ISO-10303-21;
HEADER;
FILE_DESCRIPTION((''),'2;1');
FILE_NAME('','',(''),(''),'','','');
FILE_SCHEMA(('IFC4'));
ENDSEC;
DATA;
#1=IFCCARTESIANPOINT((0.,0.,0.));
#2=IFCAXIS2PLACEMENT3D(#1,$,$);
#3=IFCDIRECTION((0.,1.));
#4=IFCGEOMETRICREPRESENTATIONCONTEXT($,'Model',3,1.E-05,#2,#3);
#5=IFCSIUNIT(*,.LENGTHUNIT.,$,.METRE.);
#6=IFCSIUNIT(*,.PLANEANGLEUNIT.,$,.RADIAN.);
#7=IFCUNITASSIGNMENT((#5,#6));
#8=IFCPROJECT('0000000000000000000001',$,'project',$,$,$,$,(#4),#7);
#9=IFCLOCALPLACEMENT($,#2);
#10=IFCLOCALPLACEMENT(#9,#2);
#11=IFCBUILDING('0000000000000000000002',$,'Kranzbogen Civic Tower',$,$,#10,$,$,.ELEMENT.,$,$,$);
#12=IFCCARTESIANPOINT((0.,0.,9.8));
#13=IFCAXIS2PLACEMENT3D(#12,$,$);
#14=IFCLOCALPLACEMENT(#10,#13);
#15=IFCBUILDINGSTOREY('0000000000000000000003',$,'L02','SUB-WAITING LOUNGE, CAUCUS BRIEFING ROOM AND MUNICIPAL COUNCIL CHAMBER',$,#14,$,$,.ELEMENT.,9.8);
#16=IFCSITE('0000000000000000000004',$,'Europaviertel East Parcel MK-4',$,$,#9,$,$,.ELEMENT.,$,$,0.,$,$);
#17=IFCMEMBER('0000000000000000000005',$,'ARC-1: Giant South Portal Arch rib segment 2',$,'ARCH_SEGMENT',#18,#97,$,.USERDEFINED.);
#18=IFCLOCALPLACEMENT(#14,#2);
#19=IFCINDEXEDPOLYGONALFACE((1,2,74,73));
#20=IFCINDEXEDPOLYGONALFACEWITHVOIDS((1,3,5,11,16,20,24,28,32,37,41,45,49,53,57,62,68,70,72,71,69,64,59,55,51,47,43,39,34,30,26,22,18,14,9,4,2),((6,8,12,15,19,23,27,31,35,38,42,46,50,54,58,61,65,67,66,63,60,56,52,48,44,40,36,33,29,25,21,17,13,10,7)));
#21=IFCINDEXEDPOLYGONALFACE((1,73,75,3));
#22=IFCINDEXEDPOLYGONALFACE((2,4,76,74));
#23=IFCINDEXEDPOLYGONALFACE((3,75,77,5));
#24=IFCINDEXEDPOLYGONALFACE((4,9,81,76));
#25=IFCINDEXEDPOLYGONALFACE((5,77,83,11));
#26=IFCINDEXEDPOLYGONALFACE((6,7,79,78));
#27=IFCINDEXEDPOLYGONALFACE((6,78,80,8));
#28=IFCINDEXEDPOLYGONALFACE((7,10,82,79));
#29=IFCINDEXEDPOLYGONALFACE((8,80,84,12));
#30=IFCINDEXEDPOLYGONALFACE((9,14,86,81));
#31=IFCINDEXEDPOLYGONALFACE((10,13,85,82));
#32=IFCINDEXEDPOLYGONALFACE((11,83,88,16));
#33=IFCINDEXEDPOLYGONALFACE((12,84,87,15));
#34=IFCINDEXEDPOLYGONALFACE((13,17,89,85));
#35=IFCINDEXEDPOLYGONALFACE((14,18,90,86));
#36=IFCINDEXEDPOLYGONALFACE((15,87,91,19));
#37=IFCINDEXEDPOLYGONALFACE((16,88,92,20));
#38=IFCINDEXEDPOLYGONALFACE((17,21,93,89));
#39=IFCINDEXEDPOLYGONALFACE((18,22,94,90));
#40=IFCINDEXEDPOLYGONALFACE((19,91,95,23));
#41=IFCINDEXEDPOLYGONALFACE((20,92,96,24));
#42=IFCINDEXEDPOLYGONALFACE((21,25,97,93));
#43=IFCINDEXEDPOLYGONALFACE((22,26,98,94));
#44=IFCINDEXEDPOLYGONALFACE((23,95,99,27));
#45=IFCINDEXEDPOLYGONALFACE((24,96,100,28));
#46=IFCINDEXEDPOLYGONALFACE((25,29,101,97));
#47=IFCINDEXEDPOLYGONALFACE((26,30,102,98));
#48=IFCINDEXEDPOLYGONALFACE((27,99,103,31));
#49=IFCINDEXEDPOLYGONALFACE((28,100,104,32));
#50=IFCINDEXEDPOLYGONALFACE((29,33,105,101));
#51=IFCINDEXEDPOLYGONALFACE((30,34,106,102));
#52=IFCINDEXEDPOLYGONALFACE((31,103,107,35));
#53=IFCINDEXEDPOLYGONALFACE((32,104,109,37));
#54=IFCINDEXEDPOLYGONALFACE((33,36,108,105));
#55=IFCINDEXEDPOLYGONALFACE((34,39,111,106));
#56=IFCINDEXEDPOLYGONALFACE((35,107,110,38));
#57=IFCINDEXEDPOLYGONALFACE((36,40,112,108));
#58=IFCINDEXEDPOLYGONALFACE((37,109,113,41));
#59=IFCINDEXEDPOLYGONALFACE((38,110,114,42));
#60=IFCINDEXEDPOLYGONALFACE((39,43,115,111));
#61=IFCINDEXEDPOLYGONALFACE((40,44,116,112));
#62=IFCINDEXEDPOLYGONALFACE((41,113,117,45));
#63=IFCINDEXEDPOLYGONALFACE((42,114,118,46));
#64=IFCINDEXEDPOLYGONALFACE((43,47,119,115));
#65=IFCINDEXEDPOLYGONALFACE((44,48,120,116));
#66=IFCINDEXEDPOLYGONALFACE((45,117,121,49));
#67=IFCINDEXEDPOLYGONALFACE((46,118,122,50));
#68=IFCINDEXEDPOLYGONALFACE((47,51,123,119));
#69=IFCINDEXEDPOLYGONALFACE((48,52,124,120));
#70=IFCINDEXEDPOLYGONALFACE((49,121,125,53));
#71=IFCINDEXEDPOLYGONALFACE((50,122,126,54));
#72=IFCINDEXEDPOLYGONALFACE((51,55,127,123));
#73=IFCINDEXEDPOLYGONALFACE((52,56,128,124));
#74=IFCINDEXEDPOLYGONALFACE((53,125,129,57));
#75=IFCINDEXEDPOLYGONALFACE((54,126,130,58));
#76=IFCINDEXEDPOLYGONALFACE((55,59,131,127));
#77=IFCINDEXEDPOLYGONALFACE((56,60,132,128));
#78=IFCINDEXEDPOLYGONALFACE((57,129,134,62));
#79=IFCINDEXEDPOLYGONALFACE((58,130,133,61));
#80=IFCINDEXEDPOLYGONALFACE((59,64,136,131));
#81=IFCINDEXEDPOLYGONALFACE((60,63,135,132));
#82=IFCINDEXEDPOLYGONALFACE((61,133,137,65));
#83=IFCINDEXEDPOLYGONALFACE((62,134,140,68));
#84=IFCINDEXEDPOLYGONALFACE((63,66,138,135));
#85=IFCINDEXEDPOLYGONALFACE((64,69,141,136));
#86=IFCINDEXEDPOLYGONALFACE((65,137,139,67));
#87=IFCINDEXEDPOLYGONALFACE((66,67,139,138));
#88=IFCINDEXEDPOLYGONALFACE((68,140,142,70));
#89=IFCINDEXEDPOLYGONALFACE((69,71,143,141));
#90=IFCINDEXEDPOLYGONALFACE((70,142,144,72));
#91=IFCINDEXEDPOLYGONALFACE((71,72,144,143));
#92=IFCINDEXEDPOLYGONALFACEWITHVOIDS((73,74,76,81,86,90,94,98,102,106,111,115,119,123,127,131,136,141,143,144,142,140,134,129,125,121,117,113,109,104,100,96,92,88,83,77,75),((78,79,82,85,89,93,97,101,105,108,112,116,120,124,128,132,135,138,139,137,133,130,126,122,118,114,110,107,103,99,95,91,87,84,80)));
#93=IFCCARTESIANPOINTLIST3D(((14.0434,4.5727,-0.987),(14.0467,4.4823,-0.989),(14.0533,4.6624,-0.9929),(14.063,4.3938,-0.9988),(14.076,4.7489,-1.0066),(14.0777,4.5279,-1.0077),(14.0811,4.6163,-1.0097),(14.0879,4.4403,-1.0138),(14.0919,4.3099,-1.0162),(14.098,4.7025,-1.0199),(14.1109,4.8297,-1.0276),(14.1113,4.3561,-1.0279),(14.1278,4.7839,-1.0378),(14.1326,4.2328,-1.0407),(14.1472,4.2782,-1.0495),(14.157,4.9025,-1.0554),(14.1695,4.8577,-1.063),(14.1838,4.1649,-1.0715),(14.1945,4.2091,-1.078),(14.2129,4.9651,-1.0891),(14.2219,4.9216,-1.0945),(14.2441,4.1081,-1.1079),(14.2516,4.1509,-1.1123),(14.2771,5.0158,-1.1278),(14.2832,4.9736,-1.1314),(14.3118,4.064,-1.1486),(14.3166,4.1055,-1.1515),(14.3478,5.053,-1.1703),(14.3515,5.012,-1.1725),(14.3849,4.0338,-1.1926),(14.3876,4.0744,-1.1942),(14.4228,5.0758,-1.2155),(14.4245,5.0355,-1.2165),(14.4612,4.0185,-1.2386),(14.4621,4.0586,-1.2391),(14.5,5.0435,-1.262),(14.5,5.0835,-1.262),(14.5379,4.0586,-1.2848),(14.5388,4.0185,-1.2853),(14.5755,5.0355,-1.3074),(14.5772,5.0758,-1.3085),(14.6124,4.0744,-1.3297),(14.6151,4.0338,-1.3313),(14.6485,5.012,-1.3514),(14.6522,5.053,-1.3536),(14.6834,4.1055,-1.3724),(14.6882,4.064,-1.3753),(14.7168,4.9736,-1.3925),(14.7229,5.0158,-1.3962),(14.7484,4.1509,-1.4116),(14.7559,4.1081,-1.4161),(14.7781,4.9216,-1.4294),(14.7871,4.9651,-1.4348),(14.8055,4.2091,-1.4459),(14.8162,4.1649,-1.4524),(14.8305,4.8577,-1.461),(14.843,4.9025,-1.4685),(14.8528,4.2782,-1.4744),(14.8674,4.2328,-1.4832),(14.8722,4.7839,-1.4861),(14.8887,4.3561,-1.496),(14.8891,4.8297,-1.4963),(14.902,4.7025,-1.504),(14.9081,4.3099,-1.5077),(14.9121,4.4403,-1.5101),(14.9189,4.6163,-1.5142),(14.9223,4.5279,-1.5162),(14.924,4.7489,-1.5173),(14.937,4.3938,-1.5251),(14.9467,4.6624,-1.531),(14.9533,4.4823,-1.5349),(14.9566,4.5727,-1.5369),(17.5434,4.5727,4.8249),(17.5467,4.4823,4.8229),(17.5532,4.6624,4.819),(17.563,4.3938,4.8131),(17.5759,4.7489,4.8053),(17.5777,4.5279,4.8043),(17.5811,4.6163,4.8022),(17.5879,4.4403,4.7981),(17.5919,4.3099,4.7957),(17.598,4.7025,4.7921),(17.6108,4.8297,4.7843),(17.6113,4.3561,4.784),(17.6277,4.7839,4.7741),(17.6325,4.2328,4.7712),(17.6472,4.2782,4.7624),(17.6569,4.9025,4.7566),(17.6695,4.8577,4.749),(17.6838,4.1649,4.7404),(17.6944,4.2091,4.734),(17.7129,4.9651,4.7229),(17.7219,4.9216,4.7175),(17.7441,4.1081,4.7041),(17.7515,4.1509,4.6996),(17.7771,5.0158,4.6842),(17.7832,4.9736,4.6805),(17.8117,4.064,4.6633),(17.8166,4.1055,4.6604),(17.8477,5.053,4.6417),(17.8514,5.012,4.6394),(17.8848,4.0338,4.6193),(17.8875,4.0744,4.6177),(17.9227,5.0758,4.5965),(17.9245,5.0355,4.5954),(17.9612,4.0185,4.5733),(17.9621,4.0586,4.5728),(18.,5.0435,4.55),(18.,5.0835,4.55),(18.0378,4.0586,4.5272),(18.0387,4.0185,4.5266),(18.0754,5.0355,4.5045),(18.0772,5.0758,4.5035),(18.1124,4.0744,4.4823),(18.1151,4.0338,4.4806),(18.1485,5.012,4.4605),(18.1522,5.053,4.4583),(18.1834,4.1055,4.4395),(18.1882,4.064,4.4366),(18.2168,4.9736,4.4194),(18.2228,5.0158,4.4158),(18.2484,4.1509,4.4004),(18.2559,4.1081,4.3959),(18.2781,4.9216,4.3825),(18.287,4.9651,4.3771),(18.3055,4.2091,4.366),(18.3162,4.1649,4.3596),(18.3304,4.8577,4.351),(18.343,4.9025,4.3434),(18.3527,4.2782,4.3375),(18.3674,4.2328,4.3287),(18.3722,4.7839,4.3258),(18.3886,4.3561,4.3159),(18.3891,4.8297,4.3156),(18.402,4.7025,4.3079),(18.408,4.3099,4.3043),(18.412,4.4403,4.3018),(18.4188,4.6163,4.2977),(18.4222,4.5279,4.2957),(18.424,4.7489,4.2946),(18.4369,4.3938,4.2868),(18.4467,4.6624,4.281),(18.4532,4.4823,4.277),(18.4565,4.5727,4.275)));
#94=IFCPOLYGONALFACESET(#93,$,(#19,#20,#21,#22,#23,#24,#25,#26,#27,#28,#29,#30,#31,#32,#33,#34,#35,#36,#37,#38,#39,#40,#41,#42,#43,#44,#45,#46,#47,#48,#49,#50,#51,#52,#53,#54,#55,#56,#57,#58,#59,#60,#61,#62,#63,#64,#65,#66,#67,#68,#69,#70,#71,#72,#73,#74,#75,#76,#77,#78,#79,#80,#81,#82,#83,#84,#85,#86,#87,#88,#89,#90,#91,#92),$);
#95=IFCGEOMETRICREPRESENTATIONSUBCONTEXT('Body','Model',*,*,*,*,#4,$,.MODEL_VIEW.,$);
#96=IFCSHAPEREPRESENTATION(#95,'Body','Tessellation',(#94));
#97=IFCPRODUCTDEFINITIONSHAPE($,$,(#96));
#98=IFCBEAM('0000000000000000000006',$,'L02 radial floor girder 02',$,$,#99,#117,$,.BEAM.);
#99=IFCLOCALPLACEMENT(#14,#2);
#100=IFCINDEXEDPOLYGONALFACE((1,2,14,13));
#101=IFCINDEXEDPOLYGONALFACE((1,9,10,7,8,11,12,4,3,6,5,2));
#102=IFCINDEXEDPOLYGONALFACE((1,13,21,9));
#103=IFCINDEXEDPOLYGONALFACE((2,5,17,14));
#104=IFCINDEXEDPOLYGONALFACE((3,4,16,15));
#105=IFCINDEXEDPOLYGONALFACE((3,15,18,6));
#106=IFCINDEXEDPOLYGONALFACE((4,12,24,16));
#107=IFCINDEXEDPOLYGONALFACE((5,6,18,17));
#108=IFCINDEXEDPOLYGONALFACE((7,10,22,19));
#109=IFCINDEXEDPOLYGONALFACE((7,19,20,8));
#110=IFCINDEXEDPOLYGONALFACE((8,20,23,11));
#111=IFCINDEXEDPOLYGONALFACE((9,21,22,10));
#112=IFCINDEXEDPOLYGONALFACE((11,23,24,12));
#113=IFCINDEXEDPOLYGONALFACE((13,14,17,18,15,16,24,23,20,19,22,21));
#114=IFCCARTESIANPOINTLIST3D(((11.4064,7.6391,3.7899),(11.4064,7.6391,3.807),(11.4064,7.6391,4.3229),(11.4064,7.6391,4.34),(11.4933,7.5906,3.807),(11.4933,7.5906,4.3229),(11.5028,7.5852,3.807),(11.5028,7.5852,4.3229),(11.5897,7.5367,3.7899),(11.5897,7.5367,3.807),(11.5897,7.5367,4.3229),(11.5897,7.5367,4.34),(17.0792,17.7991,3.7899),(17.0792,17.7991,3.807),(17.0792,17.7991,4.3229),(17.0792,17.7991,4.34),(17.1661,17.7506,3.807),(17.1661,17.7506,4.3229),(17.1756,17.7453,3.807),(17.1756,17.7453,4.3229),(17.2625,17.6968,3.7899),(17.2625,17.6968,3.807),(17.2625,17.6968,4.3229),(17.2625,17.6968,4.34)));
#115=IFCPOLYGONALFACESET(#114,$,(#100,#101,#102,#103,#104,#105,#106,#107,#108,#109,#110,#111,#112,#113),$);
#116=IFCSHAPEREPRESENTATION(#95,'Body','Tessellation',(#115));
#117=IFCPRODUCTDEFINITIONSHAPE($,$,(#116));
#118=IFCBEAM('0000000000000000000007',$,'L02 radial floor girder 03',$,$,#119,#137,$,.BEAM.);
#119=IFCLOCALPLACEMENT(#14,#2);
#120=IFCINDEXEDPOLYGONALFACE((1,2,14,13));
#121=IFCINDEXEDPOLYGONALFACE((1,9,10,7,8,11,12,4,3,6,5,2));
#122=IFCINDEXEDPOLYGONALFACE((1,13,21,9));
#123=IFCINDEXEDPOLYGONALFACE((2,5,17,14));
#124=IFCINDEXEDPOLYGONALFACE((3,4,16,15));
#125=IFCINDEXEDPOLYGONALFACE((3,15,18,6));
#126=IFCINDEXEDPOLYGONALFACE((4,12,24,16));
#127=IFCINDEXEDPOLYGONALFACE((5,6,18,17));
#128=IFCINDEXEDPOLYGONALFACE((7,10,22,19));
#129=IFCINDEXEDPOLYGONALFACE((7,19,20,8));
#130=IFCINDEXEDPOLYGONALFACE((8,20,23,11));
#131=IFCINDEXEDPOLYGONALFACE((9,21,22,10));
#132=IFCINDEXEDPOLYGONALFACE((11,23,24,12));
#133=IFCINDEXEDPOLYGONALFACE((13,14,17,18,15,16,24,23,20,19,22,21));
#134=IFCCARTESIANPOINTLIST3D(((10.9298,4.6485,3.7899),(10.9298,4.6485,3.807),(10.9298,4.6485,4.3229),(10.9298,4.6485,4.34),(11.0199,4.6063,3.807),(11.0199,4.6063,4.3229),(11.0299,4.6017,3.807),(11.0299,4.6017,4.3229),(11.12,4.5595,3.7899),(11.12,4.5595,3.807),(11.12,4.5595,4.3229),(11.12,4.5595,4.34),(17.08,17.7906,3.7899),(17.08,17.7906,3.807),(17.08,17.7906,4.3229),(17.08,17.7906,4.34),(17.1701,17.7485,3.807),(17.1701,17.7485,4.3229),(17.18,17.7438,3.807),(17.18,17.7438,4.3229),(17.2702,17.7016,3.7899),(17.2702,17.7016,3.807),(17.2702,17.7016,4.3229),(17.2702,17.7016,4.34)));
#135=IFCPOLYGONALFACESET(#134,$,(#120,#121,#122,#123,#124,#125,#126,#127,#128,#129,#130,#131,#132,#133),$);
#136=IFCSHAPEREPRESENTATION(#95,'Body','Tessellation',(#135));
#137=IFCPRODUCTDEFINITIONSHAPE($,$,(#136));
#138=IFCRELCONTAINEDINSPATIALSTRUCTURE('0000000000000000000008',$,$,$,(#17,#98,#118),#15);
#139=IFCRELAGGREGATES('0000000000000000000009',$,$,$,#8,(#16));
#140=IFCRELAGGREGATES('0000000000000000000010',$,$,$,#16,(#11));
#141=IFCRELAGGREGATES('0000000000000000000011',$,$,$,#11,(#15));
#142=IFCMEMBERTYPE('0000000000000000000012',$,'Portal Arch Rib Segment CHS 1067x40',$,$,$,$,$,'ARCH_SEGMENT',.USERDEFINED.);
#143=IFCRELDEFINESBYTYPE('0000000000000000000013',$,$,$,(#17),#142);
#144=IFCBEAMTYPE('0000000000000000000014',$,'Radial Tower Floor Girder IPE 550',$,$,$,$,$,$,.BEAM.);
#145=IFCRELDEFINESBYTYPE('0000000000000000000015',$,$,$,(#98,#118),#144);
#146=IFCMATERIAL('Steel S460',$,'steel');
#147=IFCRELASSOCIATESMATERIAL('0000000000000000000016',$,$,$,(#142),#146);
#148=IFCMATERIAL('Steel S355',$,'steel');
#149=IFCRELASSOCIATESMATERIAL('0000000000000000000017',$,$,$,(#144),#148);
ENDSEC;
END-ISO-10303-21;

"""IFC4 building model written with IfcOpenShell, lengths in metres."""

from ifc_helpers import new_model, si_unit, direction, frame, origin, origin_2d, place, context, subcontext, project, spatial, hollow_circle, i_section, extrude, material, material_profile, profile_set, type_object, element, save


model = new_model("IFC4")

# Units and contexts
model_context = context("Model", 3, precision=1e-05, world=origin(), true_north=direction((0.0, 1.0)))
body_context = subcontext(model_context, "Body", "Model", "MODEL_VIEW")
ifc_project = project(units=[si_unit("LENGTHUNIT", "METRE"), si_unit("PLANEANGLEUNIT", "RADIAN")], contexts=[model_context])

# Site, building, storey
site_placement = place(None, origin())
site = spatial("IfcSite", under=ifc_project, at=site_placement, Name="Europaviertel East Parcel MK-4", CompositionType="ELEMENT", RefElevation=0.0)
building_placement = place(site_placement, origin())
building = spatial("IfcBuilding", under=site, at=building_placement, Name="Kranzbogen Civic Tower", CompositionType="ELEMENT")
storey_placement = place(building_placement, frame((0.0, 0.0, 9.8)))
storey = spatial("IfcBuildingStorey", under=building, at=storey_placement, Name="L02", Description="SUB-WAITING LOUNGE, CAUCUS BRIEFING ROOM AND MUNICIPAL COUNCIL CHAMBER", CompositionType="ELEMENT", Elevation=9.8)

# Shared definitions
ifc_material_1 = material(Name="Steel S460", Category="steel")

# Shared definitions
ifc_material_2 = material(Name="Steel S355", Category="steel")

# Member
ifc_material_profile_1 = material_profile(ifc_material_1, hollow_circle(Radius=0.5334, WallThickness=0.04, at=origin_2d()), Name="CHS 1067x40")
ifc_profile_set_1 = profile_set([ifc_material_profile_1], Name="Steel S460")
member_type_1 = type_object("IfcMemberType", Name="Portal Arch Rib Segment CHS 1067x40", ElementType="ARCH_SEGMENT", PredefinedType="USERDEFINED", material=ifc_profile_set_1)
member_1_placement = place(storey_placement, frame((14.5, 4.55, -1.262), z_axis=(0.515882, 0.0, 0.85666), x_axis=(0.0, 1.0, 0.0)))
element("IfcMember", 1, at=member_1_placement, inside=storey, type_object=member_type_1, Name="ARC-1: Giant South Portal Arch rib segment 2", ObjectType="ARCH_SEGMENT", PredefinedType="USERDEFINED", context=body_context, shape_type="SweptSolid", body=[
    extrude(hollow_circle(Radius=0.5334, WallThickness=0.04, at=origin_2d()), origin(), (0.0, 0.0, 1.0), 6.7844),
])

# Beams
ifc_material_profile_2 = material_profile(ifc_material_2, i_section(OverallWidth=0.21, OverallDepth=0.55, WebThickness=0.011, FlangeThickness=0.0171, at=origin_2d()), Name="IPE 550")
ifc_profile_set_2 = profile_set([ifc_material_profile_2], Name="Steel S355")
beam_type_1 = type_object("IfcBeamType", Name="Radial Tower Floor Girder IPE 550", PredefinedType="BEAM", material=ifc_profile_set_2)
beam_1_placement = place(storey_placement, frame((11.498, 7.5879, 4.0649), z_axis=(0.487502, 0.873122, 0.0), x_axis=(-0.873122, 0.487502, 0.0)))
element("IfcBeam", 2, at=beam_1_placement, inside=storey, type_object=beam_type_1, Name="L02 radial floor girder 02", PredefinedType="BEAM", context=body_context, shape_type="SweptSolid", body=[
    extrude(i_section(OverallWidth=0.21, OverallDepth=0.55, WebThickness=0.011, FlangeThickness=0.0171, at=origin_2d()), origin(), (0.0, 0.0, 1.0), 11.6365),
])
beam_2_placement = place(storey_placement, frame((11.0249, 4.604, 4.0649), z_axis=(0.423857, 0.905729, 0.0), x_axis=(-0.905729, 0.423857, 0.0)))
element("IfcBeam", 3, at=beam_2_placement, inside=storey, type_object=beam_type_1, Name="L02 radial floor girder 03", PredefinedType="BEAM", context=body_context, shape_type="SweptSolid", body=[
    extrude(i_section(OverallWidth=0.21, OverallDepth=0.55, WebThickness=0.011, FlangeThickness=0.0171, at=origin_2d()), origin(), (0.0, 0.0, 1.0), 14.51),
])

save(model, "model.ifc")
